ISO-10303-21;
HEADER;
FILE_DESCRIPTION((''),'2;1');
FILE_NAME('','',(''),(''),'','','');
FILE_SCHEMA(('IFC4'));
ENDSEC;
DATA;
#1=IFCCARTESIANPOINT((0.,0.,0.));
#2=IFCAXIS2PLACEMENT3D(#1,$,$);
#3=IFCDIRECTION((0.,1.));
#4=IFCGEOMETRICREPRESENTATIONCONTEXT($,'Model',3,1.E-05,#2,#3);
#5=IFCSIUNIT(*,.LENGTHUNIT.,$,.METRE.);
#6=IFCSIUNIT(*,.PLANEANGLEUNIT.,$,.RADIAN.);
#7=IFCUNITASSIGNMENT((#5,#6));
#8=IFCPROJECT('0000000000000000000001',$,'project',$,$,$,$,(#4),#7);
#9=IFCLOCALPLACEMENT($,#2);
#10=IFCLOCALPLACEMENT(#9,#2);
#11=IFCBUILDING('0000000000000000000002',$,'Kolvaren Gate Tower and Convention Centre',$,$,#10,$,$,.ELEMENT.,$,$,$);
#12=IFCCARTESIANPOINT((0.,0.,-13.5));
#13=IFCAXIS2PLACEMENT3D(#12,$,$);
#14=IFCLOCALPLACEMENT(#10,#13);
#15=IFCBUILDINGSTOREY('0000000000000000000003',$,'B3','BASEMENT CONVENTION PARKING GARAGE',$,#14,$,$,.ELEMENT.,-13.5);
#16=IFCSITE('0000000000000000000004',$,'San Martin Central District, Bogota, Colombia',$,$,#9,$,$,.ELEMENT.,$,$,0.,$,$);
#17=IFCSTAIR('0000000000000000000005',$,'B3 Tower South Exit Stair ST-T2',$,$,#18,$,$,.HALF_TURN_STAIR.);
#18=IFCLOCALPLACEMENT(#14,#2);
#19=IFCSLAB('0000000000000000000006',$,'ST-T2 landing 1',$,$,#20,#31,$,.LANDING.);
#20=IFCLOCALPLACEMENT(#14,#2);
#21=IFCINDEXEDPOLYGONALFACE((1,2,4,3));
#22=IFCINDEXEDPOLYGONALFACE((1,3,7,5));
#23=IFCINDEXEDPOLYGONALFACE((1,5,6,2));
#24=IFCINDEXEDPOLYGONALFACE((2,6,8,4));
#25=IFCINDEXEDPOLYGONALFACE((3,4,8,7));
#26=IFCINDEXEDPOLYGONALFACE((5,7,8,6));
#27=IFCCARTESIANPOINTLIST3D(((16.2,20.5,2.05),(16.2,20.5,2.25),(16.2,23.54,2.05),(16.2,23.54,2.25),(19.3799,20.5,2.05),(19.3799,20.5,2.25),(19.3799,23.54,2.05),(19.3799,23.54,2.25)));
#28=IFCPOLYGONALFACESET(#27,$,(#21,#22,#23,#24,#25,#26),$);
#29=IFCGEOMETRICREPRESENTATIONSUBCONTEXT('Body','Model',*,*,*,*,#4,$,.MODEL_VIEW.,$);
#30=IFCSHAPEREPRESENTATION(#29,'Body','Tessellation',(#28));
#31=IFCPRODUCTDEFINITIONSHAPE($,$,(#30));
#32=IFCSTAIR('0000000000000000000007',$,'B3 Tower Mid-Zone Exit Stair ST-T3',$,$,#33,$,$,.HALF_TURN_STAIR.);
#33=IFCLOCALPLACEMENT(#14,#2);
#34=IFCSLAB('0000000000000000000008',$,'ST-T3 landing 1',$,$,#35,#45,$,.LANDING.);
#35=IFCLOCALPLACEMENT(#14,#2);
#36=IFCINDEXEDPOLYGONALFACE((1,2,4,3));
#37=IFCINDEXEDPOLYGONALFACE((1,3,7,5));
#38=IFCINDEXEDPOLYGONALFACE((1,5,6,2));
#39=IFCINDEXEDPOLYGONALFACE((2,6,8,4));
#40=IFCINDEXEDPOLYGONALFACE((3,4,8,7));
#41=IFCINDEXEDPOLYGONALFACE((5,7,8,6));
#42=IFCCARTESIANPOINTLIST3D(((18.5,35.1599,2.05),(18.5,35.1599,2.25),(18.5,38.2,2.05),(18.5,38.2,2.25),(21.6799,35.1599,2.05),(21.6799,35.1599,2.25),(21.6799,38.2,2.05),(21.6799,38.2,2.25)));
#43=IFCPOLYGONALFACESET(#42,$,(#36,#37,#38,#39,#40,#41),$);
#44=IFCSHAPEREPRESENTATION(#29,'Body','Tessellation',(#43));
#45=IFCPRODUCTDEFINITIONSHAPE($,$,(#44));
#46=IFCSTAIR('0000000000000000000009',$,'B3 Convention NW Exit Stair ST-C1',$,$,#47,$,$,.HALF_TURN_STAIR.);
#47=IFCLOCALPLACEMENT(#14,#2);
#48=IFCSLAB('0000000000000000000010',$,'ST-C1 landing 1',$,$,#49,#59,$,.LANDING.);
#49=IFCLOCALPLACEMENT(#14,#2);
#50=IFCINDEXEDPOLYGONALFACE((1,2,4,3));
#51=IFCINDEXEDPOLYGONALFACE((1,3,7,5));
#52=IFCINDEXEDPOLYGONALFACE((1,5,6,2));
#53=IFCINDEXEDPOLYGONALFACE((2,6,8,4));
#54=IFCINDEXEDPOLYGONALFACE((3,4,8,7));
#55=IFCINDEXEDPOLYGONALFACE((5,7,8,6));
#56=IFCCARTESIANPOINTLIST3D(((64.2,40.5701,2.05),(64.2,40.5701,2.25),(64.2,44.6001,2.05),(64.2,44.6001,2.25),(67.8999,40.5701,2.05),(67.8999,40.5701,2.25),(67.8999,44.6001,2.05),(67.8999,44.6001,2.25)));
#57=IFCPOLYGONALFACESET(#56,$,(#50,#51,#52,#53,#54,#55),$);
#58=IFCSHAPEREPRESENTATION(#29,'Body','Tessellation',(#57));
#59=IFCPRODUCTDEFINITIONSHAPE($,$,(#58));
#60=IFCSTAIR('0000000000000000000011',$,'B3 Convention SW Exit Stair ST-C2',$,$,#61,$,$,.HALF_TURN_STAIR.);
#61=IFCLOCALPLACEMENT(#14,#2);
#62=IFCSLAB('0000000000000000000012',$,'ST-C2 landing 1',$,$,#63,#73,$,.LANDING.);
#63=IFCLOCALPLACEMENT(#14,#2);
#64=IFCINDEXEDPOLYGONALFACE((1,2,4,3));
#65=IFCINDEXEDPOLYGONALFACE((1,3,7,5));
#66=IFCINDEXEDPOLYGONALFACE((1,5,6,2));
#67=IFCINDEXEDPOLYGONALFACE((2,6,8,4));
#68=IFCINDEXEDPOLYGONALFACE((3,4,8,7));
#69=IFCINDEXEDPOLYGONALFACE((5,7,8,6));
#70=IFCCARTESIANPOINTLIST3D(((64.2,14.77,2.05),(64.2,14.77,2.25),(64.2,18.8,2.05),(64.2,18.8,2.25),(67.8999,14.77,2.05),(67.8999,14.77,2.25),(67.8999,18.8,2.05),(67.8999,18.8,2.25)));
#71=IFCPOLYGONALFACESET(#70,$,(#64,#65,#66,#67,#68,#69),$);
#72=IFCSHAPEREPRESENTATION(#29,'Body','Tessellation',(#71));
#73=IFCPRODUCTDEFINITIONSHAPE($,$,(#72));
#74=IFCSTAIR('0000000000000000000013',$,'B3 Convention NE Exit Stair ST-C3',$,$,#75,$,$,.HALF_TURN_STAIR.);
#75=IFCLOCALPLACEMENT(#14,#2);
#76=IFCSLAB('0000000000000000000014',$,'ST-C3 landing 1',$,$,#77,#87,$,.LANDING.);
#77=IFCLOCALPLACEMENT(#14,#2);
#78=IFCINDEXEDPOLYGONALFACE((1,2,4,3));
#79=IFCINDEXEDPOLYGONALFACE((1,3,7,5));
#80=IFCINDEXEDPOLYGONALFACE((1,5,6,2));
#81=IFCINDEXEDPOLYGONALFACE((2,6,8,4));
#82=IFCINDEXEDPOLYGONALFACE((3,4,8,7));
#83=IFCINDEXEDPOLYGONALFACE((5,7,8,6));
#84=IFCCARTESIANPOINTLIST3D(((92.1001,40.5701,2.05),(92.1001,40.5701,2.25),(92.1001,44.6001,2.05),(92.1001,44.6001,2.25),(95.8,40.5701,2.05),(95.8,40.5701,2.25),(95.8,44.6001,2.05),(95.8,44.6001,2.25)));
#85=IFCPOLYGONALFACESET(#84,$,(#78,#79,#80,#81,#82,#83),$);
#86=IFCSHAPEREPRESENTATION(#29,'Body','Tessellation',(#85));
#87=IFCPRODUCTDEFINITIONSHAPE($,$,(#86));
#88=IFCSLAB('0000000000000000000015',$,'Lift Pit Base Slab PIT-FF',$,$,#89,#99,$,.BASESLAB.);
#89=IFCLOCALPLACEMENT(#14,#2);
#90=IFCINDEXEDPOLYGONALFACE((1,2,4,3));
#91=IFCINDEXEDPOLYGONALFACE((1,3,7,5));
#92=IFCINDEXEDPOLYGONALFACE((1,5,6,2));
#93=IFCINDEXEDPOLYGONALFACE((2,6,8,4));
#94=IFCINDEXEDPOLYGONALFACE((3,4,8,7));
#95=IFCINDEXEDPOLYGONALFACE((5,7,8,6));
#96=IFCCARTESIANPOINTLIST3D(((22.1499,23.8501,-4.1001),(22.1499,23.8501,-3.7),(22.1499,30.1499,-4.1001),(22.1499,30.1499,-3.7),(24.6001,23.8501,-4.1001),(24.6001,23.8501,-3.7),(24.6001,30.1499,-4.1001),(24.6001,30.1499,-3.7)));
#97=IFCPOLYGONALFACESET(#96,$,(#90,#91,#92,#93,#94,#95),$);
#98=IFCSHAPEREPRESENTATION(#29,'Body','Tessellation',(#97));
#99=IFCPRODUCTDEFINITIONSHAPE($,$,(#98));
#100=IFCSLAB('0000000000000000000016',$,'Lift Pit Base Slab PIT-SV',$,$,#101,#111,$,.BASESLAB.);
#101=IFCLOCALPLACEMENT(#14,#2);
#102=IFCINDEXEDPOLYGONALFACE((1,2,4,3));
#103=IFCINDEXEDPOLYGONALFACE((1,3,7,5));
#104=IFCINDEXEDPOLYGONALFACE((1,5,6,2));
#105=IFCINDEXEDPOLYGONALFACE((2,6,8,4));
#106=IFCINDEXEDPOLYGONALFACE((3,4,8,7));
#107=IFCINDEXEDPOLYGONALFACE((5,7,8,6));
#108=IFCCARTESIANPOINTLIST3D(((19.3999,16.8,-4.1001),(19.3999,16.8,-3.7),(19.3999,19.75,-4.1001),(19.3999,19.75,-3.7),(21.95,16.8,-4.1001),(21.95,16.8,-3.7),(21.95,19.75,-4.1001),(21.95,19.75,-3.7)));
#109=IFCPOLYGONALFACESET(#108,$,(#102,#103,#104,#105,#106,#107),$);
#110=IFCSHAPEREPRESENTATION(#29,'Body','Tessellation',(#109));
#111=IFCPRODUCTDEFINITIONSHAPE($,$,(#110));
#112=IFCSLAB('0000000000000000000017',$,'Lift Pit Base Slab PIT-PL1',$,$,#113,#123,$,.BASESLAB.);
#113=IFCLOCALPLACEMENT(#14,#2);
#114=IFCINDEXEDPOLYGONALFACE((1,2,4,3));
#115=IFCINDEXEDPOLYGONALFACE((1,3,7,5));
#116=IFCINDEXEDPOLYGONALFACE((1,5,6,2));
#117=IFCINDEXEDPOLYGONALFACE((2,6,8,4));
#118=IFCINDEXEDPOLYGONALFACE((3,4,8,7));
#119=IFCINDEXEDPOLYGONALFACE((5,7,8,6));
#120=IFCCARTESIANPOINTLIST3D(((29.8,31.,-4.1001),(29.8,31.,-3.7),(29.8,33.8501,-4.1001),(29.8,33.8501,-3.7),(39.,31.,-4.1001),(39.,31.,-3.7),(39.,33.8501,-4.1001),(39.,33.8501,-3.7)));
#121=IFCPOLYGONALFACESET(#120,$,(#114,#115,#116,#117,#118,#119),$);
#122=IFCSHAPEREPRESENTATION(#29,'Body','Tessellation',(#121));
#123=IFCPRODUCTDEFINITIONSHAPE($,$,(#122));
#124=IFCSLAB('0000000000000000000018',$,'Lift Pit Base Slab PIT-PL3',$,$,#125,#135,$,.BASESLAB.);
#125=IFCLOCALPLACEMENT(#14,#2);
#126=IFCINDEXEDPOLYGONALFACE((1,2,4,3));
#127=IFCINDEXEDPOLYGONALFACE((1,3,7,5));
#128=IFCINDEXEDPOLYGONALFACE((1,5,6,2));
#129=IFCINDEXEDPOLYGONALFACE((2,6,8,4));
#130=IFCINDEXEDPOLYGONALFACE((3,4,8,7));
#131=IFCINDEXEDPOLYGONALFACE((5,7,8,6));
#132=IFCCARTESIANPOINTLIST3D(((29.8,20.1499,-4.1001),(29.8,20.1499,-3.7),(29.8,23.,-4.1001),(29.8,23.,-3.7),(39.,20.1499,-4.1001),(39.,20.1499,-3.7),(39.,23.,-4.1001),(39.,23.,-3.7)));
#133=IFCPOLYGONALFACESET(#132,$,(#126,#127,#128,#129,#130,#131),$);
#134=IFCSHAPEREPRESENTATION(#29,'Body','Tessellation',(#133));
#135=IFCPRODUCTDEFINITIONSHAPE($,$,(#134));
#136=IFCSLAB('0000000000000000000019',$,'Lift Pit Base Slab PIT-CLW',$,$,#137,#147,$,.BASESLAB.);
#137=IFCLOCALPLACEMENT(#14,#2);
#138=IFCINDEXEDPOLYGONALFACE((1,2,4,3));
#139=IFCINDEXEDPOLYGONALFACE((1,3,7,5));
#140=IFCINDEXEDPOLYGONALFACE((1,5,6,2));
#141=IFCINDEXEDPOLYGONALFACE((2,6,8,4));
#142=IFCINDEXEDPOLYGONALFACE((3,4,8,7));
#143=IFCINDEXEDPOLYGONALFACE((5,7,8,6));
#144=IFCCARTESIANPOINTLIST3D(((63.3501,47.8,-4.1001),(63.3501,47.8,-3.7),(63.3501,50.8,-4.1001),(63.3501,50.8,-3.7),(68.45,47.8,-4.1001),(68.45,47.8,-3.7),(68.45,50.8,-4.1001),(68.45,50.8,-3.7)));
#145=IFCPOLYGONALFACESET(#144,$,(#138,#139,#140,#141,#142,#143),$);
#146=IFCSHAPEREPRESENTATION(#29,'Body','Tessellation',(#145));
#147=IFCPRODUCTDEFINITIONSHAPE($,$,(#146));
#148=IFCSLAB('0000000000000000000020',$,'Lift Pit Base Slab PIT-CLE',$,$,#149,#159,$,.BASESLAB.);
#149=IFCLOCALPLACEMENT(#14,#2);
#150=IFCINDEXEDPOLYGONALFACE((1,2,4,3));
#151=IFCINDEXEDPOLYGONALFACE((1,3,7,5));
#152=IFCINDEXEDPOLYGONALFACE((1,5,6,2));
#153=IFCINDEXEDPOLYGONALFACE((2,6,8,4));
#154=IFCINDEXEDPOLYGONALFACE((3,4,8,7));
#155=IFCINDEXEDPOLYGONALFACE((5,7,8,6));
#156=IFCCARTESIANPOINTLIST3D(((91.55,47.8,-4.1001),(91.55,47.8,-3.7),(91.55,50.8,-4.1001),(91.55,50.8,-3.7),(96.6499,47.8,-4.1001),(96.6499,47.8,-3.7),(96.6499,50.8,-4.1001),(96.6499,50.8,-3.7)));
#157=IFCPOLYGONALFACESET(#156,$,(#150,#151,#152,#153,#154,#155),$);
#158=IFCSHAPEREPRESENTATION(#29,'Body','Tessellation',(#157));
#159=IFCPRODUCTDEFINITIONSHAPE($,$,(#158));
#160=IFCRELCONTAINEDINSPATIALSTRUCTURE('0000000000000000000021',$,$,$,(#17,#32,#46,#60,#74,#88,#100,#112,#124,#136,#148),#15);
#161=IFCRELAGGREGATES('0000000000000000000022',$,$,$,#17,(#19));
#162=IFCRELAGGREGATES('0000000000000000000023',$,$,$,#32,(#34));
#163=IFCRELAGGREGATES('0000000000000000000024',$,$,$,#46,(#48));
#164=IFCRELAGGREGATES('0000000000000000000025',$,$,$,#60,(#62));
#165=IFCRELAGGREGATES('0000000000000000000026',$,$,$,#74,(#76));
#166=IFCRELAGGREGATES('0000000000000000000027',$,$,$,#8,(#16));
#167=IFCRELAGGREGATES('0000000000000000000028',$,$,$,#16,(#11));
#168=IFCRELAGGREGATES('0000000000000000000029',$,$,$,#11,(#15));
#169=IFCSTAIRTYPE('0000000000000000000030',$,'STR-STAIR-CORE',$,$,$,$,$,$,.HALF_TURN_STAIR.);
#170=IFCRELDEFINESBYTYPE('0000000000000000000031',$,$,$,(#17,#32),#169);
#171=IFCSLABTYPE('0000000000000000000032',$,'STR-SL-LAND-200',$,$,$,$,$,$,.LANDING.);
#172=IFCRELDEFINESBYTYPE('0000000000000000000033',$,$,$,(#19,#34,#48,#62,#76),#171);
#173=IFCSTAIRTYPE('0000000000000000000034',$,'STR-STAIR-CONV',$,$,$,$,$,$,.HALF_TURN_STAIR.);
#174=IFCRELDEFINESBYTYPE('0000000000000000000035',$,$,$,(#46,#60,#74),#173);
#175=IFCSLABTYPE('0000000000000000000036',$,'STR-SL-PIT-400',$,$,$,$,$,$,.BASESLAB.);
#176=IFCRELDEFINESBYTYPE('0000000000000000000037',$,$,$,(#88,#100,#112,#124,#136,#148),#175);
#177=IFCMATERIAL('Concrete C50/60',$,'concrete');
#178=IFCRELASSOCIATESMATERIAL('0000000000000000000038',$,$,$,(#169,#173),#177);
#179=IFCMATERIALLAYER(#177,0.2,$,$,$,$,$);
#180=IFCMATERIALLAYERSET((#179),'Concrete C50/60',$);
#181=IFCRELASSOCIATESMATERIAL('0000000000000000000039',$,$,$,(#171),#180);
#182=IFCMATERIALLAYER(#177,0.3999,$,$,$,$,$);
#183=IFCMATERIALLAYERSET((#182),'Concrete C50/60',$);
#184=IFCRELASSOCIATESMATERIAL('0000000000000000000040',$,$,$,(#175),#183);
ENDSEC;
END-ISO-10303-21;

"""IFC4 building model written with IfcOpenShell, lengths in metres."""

from ifc_helpers import new_model, si_unit, direction, frame, origin, place, context, subcontext, project, spatial, polyline, outline, extrude, material, layer, layer_set, type_object, element, aggregate, save


model = new_model("IFC4")

# Units and contexts
model_context = context("Model", 3, precision=1e-05, world=origin(), true_north=direction((0.0, 1.0)))
body_context = subcontext(model_context, "Body", "Model", "MODEL_VIEW")
ifc_project = project(units=[si_unit("LENGTHUNIT", "METRE"), si_unit("PLANEANGLEUNIT", "RADIAN")], contexts=[model_context])

# Site, building, storey
site_placement = place(None, origin())
site = spatial("IfcSite", under=ifc_project, at=site_placement, Name="San Martin Central District, Bogota, Colombia", CompositionType="ELEMENT", RefElevation=0.0)
building_placement = place(site_placement, origin())
building = spatial("IfcBuilding", under=site, at=building_placement, Name="Kolvaren Gate Tower and Convention Centre", CompositionType="ELEMENT")
storey_placement = place(building_placement, frame((0.0, 0.0, -13.5)))
storey = spatial("IfcBuildingStorey", under=building, at=storey_placement, Name="B3", Description="BASEMENT CONVENTION PARKING GARAGE", CompositionType="ELEMENT", Elevation=-13.5)

# Shared definitions
ifc_material_1 = material(Name="Concrete C50/60", Category="concrete")

# Stairs, slabs
stair_type_1 = type_object("IfcStairType", Name="STR-STAIR-CORE", PredefinedType="HALF_TURN_STAIR", material=ifc_material_1)
ifc_layer_1 = layer(ifc_material_1, 0.2)
ifc_layer_set_1 = layer_set([ifc_layer_1], Name="Concrete C50/60")
slab_type_1 = type_object("IfcSlabType", Name="STR-SL-LAND-200", PredefinedType="LANDING", material=ifc_layer_set_1)
stair_1_placement = place(storey_placement, origin())
stair_1 = element("IfcStair", 1, at=stair_1_placement, inside=storey, type_object=stair_type_1, Name="B3 Tower South Exit Stair ST-T2", PredefinedType="HALF_TURN_STAIR")
slab_1_placement = place(storey_placement, frame((0.0, 0.0, 2.05)))
slab_1 = element("IfcSlab", 2, at=slab_1_placement, type_object=slab_type_1, Name="ST-T2 landing 1", PredefinedType="LANDING", context=body_context, shape_type="SweptSolid", body=[
    extrude(outline(polyline([(19.3799, 23.54), (16.2, 23.54), (16.2, 20.5), (19.3799, 20.5), (19.3799, 23.54)])), origin(), (0.0, 0.0, 1.0), 0.2),
])
aggregate(stair_1, [slab_1])
stair_2_placement = place(storey_placement, origin())
stair_2 = element("IfcStair", 3, at=stair_2_placement, inside=storey, type_object=stair_type_1, Name="B3 Tower Mid-Zone Exit Stair ST-T3", PredefinedType="HALF_TURN_STAIR")
slab_2_placement = place(storey_placement, frame((0.0, 0.0, 2.05)))
slab_2 = element("IfcSlab", 4, at=slab_2_placement, type_object=slab_type_1, Name="ST-T3 landing 1", PredefinedType="LANDING", context=body_context, shape_type="SweptSolid", body=[
    extrude(outline(polyline([(21.6799, 38.2), (18.5, 38.2), (18.5, 35.1599), (21.6799, 35.1599), (21.6799, 38.2)])), origin(), (0.0, 0.0, 1.0), 0.2),
])
aggregate(stair_2, [slab_2])
stair_type_2 = type_object("IfcStairType", Name="STR-STAIR-CONV", PredefinedType="HALF_TURN_STAIR", material=ifc_material_1)
stair_3_placement = place(storey_placement, origin())
stair_3 = element("IfcStair", 5, at=stair_3_placement, inside=storey, type_object=stair_type_2, Name="B3 Convention NW Exit Stair ST-C1", PredefinedType="HALF_TURN_STAIR")
slab_3_placement = place(storey_placement, frame((0.0, 0.0, 2.05)))
slab_3 = element("IfcSlab", 6, at=slab_3_placement, type_object=slab_type_1, Name="ST-C1 landing 1", PredefinedType="LANDING", context=body_context, shape_type="SweptSolid", body=[
    extrude(outline(polyline([(67.8999, 40.5701), (67.8999, 44.6001), (64.2, 44.6001), (64.2, 40.5701), (67.8999, 40.5701)])), origin(), (0.0, 0.0, 1.0), 0.2),
])
aggregate(stair_3, [slab_3])
stair_4_placement = place(storey_placement, origin())
stair_4 = element("IfcStair", 7, at=stair_4_placement, inside=storey, type_object=stair_type_2, Name="B3 Convention SW Exit Stair ST-C2", PredefinedType="HALF_TURN_STAIR")
slab_4_placement = place(storey_placement, frame((0.0, 0.0, 2.05)))
slab_4 = element("IfcSlab", 8, at=slab_4_placement, type_object=slab_type_1, Name="ST-C2 landing 1", PredefinedType="LANDING", context=body_context, shape_type="SweptSolid", body=[
    extrude(outline(polyline([(67.8999, 14.77), (67.8999, 18.8), (64.2, 18.8), (64.2, 14.77), (67.8999, 14.77)])), origin(), (0.0, 0.0, 1.0), 0.2),
])
aggregate(stair_4, [slab_4])
stair_5_placement = place(storey_placement, origin())
stair_5 = element("IfcStair", 9, at=stair_5_placement, inside=storey, type_object=stair_type_2, Name="B3 Convention NE Exit Stair ST-C3", PredefinedType="HALF_TURN_STAIR")
slab_5_placement = place(storey_placement, frame((0.0, 0.0, 2.05)))
slab_5 = element("IfcSlab", 10, at=slab_5_placement, type_object=slab_type_1, Name="ST-C3 landing 1", PredefinedType="LANDING", context=body_context, shape_type="SweptSolid", body=[
    extrude(outline(polyline([(95.8, 40.5701), (95.8, 44.6001), (92.1001, 44.6001), (92.1001, 40.5701), (95.8, 40.5701)])), origin(), (0.0, 0.0, 1.0), 0.2),
])
aggregate(stair_5, [slab_5])

# Slabs
ifc_layer_2 = layer(ifc_material_1, 0.3999)
ifc_layer_set_2 = layer_set([ifc_layer_2], Name="Concrete C50/60")
slab_type_2 = type_object("IfcSlabType", Name="STR-SL-PIT-400", PredefinedType="BASESLAB", material=ifc_layer_set_2)
slab_6_placement = place(storey_placement, frame((0.0, 0.0, -4.1001)))
element("IfcSlab", 11, at=slab_6_placement, inside=storey, type_object=slab_type_2, Name="Lift Pit Base Slab PIT-FF", PredefinedType="BASESLAB", context=body_context, shape_type="SweptSolid", body=[
    extrude(outline(polyline([(22.1499, 23.8501), (24.6001, 23.8501), (24.6001, 30.1499), (22.1499, 30.1499), (22.1499, 23.8501)])), origin(), (0.0, 0.0, 1.0), 0.4001),
])
slab_7_placement = place(storey_placement, frame((0.0, 0.0, -4.1001)))
element("IfcSlab", 12, at=slab_7_placement, inside=storey, type_object=slab_type_2, Name="Lift Pit Base Slab PIT-SV", PredefinedType="BASESLAB", context=body_context, shape_type="SweptSolid", body=[
    extrude(outline(polyline([(19.3999, 16.8), (21.95, 16.8), (21.95, 19.75), (19.3999, 19.75), (19.3999, 16.8)])), origin(), (0.0, 0.0, 1.0), 0.4001),
])
slab_8_placement = place(storey_placement, frame((0.0, 0.0, -4.1001)))
element("IfcSlab", 13, at=slab_8_placement, inside=storey, type_object=slab_type_2, Name="Lift Pit Base Slab PIT-PL1", PredefinedType="BASESLAB", context=body_context, shape_type="SweptSolid", body=[
    extrude(outline(polyline([(29.8, 31.0), (39.0, 31.0), (39.0, 33.8501), (29.8, 33.8501), (29.8, 31.0)])), origin(), (0.0, 0.0, 1.0), 0.4001),
])
slab_9_placement = place(storey_placement, frame((0.0, 0.0, -4.1001)))
element("IfcSlab", 14, at=slab_9_placement, inside=storey, type_object=slab_type_2, Name="Lift Pit Base Slab PIT-PL3", PredefinedType="BASESLAB", context=body_context, shape_type="SweptSolid", body=[
    extrude(outline(polyline([(29.8, 20.1499), (39.0, 20.1499), (39.0, 23.0), (29.8, 23.0), (29.8, 20.1499)])), origin(), (0.0, 0.0, 1.0), 0.4001),
])
slab_10_placement = place(storey_placement, frame((0.0, 0.0, -4.1001)))
element("IfcSlab", 15, at=slab_10_placement, inside=storey, type_object=slab_type_2, Name="Lift Pit Base Slab PIT-CLW", PredefinedType="BASESLAB", context=body_context, shape_type="SweptSolid", body=[
    extrude(outline(polyline([(63.3501, 47.8), (68.45, 47.8), (68.45, 50.8), (63.3501, 50.8), (63.3501, 47.8)])), origin(), (0.0, 0.0, 1.0), 0.4001),
])
slab_11_placement = place(storey_placement, frame((0.0, 0.0, -4.1001)))
element("IfcSlab", 16, at=slab_11_placement, inside=storey, type_object=slab_type_2, Name="Lift Pit Base Slab PIT-CLE", PredefinedType="BASESLAB", context=body_context, shape_type="SweptSolid", body=[
    extrude(outline(polyline([(91.55, 47.8), (96.6499, 47.8), (96.6499, 50.8), (91.55, 50.8), (91.55, 47.8)])), origin(), (0.0, 0.0, 1.0), 0.4001),
])

save(model, "model.ifc")
